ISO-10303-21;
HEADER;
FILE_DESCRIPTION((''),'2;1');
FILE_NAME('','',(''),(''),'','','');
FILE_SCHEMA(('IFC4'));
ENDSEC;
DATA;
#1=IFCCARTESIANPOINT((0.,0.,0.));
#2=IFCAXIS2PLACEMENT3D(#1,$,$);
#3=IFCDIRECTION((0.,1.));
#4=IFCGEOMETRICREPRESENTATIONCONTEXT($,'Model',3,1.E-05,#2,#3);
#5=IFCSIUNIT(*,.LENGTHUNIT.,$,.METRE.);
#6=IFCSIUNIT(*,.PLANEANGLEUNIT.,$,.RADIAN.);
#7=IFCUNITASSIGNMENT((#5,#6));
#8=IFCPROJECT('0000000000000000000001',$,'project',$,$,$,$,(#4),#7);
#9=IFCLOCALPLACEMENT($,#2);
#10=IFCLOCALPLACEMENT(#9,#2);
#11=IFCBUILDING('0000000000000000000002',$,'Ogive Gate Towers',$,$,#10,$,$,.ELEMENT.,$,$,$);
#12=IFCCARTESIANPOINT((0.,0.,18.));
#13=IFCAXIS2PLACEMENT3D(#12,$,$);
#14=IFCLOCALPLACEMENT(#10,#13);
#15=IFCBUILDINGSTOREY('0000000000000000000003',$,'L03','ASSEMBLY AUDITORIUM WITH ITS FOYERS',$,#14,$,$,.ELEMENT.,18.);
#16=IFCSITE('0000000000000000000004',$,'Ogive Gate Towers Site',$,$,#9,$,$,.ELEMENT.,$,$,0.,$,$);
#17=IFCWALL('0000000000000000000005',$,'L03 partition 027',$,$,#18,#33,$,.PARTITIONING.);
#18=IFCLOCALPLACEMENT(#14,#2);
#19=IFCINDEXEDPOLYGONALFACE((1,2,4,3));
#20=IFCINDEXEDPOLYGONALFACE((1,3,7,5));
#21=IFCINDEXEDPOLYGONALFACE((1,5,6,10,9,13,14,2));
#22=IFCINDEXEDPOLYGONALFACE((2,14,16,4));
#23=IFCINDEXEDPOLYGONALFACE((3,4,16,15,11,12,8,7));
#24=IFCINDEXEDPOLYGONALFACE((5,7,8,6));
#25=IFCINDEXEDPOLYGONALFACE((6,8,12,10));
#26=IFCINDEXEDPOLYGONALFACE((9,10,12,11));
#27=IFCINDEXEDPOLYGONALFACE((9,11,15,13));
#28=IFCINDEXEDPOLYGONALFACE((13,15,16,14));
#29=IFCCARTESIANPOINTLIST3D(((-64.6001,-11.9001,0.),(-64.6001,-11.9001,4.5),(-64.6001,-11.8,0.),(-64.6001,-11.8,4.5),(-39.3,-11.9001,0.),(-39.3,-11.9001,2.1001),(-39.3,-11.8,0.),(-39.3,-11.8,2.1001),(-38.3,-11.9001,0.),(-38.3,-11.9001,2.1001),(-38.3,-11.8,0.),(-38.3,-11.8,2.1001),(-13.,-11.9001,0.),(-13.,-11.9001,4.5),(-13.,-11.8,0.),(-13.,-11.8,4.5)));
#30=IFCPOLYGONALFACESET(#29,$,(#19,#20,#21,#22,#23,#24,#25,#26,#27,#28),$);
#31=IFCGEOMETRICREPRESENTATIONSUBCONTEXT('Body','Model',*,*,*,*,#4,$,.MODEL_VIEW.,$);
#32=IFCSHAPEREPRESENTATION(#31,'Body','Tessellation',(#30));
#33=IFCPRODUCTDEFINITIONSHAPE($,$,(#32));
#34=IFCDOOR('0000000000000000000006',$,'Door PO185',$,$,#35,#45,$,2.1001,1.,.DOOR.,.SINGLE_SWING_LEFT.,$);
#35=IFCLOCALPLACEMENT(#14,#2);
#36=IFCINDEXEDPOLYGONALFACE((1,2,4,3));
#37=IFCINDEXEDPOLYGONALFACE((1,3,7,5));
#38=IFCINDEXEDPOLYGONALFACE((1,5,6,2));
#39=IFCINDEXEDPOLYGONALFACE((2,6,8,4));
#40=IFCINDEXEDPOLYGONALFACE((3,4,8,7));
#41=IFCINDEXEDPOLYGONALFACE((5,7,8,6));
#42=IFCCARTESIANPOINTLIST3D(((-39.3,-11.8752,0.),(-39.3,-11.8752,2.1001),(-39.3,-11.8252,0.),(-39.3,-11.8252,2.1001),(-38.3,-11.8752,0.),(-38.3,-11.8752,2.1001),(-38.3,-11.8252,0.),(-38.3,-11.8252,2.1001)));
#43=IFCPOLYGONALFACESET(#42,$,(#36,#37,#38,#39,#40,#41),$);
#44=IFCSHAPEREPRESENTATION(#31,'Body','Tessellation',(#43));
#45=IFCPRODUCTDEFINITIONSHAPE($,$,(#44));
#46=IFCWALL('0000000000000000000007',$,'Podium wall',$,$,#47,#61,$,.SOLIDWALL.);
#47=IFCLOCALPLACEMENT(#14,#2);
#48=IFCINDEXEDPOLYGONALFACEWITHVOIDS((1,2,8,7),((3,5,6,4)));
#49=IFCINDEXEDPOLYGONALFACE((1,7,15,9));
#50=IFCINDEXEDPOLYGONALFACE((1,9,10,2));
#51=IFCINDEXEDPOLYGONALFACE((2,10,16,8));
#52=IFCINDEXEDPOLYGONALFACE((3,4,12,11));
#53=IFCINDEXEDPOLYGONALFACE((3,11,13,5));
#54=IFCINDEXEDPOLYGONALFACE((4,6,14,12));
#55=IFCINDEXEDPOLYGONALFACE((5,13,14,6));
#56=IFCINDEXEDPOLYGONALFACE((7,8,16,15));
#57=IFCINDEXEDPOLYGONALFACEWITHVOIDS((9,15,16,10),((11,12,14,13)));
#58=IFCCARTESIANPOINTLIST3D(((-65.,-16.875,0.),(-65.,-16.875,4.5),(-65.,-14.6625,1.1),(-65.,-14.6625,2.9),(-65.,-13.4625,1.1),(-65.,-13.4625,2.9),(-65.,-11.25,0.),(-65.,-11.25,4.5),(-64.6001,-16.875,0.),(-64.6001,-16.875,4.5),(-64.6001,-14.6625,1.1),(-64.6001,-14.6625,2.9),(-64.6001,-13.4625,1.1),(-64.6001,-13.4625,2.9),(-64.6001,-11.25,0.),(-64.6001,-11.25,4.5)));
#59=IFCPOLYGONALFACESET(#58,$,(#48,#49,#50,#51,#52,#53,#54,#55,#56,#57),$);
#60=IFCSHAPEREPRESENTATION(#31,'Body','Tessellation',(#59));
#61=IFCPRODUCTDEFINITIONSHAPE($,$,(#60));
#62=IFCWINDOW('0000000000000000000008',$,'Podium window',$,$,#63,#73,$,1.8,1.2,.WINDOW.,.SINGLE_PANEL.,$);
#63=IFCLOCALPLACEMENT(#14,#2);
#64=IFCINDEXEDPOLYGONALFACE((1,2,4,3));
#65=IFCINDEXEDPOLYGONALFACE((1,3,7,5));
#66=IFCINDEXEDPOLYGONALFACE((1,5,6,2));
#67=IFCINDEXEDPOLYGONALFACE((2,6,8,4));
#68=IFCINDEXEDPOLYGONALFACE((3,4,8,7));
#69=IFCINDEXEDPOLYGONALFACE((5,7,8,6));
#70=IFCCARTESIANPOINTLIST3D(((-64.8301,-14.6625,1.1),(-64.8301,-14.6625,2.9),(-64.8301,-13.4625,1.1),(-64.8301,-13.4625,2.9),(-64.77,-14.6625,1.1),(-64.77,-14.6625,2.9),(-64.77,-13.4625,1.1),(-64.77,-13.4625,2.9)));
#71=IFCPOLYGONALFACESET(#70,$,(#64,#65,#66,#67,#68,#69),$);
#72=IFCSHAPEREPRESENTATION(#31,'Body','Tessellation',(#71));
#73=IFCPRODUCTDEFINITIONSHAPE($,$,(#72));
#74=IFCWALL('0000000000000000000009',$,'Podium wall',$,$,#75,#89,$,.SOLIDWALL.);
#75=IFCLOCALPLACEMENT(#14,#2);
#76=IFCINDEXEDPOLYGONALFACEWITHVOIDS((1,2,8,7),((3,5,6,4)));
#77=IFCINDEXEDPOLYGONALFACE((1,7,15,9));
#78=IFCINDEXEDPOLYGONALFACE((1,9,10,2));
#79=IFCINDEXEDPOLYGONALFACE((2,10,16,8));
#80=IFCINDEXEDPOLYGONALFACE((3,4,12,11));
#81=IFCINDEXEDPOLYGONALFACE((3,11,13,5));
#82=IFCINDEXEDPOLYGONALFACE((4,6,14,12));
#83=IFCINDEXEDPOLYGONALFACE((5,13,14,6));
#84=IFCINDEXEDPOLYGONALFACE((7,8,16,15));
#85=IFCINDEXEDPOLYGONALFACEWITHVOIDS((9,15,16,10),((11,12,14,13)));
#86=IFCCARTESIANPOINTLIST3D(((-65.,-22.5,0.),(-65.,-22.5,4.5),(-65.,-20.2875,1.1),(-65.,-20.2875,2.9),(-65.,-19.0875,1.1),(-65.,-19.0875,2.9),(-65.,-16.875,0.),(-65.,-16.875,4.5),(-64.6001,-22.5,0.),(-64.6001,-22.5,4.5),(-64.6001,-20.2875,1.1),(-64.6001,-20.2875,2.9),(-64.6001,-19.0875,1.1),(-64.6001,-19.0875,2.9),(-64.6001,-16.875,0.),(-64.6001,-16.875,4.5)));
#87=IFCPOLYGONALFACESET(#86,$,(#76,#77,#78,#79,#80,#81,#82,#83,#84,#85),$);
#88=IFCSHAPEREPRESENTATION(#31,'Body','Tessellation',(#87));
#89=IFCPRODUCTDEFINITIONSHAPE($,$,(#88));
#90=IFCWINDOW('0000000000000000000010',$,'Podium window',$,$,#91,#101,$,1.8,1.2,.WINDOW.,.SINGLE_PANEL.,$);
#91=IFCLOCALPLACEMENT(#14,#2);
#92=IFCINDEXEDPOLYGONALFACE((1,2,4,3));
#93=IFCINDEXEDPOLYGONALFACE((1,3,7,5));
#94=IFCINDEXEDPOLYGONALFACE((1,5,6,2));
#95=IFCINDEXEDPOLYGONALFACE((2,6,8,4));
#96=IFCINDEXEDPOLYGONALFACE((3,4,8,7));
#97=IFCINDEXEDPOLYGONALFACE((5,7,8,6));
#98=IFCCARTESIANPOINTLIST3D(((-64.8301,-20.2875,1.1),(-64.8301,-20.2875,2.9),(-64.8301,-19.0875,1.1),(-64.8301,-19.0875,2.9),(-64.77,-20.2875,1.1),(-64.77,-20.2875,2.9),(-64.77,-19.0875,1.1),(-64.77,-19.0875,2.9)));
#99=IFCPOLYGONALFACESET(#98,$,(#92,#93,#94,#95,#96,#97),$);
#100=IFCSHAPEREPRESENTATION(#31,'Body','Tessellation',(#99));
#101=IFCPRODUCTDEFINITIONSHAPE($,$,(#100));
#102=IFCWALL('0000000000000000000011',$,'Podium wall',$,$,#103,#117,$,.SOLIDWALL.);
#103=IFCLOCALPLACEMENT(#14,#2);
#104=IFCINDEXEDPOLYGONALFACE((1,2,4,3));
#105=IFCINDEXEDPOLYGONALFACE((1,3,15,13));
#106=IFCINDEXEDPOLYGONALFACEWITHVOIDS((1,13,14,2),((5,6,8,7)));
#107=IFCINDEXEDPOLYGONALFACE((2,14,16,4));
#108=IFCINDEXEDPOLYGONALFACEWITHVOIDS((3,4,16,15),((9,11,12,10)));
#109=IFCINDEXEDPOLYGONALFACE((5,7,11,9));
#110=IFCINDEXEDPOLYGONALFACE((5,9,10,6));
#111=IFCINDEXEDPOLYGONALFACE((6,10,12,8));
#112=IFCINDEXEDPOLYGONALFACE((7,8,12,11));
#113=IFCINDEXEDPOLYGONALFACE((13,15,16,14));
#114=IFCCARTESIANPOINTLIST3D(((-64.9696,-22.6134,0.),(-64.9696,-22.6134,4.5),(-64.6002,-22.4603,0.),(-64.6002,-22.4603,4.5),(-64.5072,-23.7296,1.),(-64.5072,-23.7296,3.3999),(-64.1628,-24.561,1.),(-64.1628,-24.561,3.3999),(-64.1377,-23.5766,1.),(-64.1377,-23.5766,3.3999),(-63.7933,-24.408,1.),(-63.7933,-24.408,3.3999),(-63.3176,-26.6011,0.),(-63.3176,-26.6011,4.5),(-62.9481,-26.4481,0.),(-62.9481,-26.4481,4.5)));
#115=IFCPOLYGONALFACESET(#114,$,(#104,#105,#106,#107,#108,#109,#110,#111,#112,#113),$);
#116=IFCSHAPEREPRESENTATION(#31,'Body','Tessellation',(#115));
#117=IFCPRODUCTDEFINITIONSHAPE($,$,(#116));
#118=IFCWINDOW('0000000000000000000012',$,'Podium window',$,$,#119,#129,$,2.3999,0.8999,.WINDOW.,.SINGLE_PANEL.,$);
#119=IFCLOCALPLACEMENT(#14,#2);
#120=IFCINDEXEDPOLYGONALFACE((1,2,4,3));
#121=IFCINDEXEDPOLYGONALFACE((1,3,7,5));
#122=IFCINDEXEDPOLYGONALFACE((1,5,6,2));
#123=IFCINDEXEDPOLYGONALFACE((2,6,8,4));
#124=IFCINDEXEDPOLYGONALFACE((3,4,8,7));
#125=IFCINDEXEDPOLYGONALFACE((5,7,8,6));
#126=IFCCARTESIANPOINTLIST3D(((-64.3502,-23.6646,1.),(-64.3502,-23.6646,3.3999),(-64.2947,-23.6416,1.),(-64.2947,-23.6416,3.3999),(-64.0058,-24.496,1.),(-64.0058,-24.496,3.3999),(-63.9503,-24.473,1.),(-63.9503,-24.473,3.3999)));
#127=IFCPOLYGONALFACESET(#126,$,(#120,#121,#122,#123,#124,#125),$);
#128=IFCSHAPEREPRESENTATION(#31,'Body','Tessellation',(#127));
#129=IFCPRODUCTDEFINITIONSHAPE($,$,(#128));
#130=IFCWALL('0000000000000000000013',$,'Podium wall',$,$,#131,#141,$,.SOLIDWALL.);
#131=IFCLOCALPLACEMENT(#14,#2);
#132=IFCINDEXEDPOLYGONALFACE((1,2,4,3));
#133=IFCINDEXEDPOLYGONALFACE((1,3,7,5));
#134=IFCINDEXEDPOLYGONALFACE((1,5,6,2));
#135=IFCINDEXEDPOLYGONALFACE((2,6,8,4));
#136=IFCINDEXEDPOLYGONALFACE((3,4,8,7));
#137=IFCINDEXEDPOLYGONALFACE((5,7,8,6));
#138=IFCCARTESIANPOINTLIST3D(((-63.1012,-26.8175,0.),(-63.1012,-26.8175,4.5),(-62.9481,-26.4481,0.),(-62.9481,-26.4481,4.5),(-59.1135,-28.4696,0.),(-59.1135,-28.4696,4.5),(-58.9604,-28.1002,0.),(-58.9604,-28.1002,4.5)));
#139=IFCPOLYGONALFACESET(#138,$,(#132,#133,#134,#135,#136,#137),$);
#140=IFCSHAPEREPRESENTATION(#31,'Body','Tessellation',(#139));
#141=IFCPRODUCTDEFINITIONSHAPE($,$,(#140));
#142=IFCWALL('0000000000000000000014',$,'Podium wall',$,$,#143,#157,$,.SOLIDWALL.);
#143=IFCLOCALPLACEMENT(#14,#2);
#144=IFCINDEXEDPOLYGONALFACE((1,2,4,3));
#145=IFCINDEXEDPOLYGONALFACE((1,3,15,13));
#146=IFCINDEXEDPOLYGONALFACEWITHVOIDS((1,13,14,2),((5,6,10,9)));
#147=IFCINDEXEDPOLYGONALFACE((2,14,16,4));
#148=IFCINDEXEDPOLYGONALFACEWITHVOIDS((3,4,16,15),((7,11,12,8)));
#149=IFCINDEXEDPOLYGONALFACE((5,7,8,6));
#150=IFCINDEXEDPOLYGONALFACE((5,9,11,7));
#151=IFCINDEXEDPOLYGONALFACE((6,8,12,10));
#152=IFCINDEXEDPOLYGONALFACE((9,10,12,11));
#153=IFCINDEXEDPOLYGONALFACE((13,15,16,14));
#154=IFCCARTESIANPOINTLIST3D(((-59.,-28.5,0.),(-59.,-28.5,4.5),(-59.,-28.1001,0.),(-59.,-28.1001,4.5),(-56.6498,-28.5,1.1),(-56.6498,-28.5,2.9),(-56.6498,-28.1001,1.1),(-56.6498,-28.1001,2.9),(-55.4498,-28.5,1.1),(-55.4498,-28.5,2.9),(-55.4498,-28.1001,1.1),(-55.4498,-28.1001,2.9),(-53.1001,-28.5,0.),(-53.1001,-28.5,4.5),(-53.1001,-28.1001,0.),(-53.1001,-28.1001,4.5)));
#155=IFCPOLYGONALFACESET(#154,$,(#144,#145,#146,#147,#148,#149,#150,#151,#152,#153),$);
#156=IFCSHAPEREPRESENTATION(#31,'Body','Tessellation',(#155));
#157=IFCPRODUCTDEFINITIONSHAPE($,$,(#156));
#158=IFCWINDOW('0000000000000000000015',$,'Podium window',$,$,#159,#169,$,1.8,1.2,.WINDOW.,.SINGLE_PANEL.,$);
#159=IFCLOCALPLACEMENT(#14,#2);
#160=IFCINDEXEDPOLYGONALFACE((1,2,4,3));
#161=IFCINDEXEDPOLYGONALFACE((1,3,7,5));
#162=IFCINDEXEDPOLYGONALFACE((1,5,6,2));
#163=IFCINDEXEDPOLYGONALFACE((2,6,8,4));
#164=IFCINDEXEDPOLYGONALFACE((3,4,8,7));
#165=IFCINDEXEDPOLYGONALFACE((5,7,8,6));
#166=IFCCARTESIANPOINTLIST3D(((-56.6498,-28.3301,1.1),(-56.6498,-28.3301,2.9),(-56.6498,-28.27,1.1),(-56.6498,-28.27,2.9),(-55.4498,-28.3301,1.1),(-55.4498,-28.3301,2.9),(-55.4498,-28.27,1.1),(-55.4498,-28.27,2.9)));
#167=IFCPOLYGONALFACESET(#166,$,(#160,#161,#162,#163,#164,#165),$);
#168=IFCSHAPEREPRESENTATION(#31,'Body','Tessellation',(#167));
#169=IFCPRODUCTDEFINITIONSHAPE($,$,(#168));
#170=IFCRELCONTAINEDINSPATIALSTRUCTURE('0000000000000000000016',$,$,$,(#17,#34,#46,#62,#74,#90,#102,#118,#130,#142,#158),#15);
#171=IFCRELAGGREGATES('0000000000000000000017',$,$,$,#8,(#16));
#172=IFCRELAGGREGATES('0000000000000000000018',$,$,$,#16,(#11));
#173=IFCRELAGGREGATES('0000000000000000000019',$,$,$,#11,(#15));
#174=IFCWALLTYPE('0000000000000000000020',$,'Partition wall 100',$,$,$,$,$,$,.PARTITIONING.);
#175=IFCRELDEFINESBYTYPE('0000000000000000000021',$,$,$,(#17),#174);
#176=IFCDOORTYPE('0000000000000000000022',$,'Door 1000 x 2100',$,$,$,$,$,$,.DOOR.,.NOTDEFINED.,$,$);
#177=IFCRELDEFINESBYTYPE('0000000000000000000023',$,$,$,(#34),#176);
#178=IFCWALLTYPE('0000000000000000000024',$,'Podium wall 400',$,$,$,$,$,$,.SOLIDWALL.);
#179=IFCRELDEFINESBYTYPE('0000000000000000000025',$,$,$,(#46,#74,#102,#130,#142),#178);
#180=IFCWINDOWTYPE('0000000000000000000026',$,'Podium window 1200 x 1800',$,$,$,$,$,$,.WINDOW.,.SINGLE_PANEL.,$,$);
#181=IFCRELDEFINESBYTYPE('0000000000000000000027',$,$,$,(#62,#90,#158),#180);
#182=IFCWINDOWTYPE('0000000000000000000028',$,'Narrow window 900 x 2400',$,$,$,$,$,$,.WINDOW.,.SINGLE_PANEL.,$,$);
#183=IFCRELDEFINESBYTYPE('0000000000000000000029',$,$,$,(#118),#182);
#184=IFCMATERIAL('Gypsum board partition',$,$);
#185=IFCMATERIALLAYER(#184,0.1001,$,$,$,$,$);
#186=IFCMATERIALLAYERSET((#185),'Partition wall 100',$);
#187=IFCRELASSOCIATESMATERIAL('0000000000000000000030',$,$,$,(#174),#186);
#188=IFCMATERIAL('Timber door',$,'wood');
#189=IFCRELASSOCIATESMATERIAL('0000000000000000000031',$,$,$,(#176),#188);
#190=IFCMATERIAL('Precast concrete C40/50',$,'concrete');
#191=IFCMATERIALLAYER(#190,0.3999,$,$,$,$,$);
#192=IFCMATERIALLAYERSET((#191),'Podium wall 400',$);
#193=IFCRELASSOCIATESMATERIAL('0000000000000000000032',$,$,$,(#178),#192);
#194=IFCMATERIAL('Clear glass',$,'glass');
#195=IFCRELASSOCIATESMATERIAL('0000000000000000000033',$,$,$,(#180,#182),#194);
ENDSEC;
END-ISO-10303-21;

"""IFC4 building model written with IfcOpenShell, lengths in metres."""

from ifc_helpers import new_model, si_unit, direction, frame, frame_2d, origin, place, context, subcontext, project, spatial, rectangle, extrude, material, layer, layer_set, type_object, element, fill, save


model = new_model("IFC4")

# Units and contexts
model_context = context("Model", 3, precision=1e-05, world=origin(), true_north=direction((0.0, 1.0)))
body_context = subcontext(model_context, "Body", "Model", "MODEL_VIEW")
ifc_project = project(units=[si_unit("LENGTHUNIT", "METRE"), si_unit("PLANEANGLEUNIT", "RADIAN")], contexts=[model_context])

# Site, building, storey
site_placement = place(None, origin())
site = spatial("IfcSite", under=ifc_project, at=site_placement, Name="Ogive Gate Towers Site", CompositionType="ELEMENT", RefElevation=0.0)
building_placement = place(site_placement, origin())
building = spatial("IfcBuilding", under=site, at=building_placement, Name="Ogive Gate Towers", CompositionType="ELEMENT")
storey_placement = place(building_placement, frame((0.0, 0.0, 18.0)))
storey = spatial("IfcBuildingStorey", under=building, at=storey_placement, Name="L03", Description="ASSEMBLY AUDITORIUM WITH ITS FOYERS", CompositionType="ELEMENT", Elevation=18.0)

# Wall, opening, door
ifc_material_1 = material(Name="Gypsum board partition")
ifc_layer_1 = layer(ifc_material_1, 0.1001)
ifc_layer_set_1 = layer_set([ifc_layer_1], Name="Partition wall 100")
wall_type_1 = type_object("IfcWallType", Name="Partition wall 100", PredefinedType="PARTITIONING", material=ifc_layer_set_1)
wall_1_placement = place(storey_placement, frame((-64.6001, -11.8501, 0.0), z_axis=(0.0, 0.0, 1.0), x_axis=(1.0, 0.0, 0.0)))
wall_1 = element("IfcWall", 1, at=wall_1_placement, inside=storey, type_object=wall_type_1, Name="L03 partition 027", PredefinedType="PARTITIONING", context=body_context, shape_type="SweptSolid", body=[
    extrude(rectangle(XDim=51.6001, YDim=0.1001, at=frame_2d((25.8, 0.0))), origin(), (0.0, 0.0, 1.0), 4.5),
])
opening_1_placement = place(wall_1_placement, frame((25.3, 0.0, 0.0)))
opening_1 = element("IfcOpeningElement", 2, at=opening_1_placement, cuts=wall_1, PredefinedType="OPENING", context=body_context, shape_type="SweptSolid", body=[
    extrude(rectangle(XDim=1.0, YDim=2.1001, at=frame_2d((0.5, 1.05))), frame((0.0, 0.0601, 0.0), z_axis=(0.0, -1.0, 0.0), x_axis=(1.0, 0.0, 0.0)), (0.0, 0.0, 1.0), 0.1201),
])
ifc_material_2 = material(Name="Timber door", Category="wood")
door_type = type_object("IfcDoorType", Name="Door 1000 x 2100", OperationType="NOTDEFINED", PredefinedType="DOOR", material=ifc_material_2)
door_placement = place(opening_1_placement, origin())
door = element("IfcDoor", 3, at=door_placement, inside=storey, type_object=door_type, Name="Door PO185", OperationType="SINGLE_SWING_LEFT", OverallHeight=2.1001, OverallWidth=1.0, PredefinedType="DOOR", context=body_context, shape_type="SweptSolid", body=[
    extrude(rectangle(XDim=1.0, YDim=2.1001, at=frame_2d((0.5, 1.05))), frame((0.0, 0.0249, 0.0), z_axis=(0.0, -1.0, 0.0), x_axis=(1.0, 0.0, 0.0)), (0.0, 0.0, 1.0), 0.05),
])
fill(opening_1, door)

# Walls, openings, windows
ifc_material_3 = material(Name="Precast concrete C40/50", Category="concrete")
ifc_layer_2 = layer(ifc_material_3, 0.3999)
ifc_layer_set_2 = layer_set([ifc_layer_2], Name="Podium wall 400")
wall_type_2 = type_object("IfcWallType", Name="Podium wall 400", PredefinedType="SOLIDWALL", material=ifc_layer_set_2)
wall_2_placement = place(storey_placement, frame((-64.8, -11.25, 0.0), z_axis=(0.0, 0.0, 1.0), x_axis=(0.0, -1.0, 0.0)))
wall_2 = element("IfcWall", 4, at=wall_2_placement, inside=storey, type_object=wall_type_2, Name="Podium wall", PredefinedType="SOLIDWALL", context=body_context, shape_type="SweptSolid", body=[
    extrude(rectangle(XDim=5.625, YDim=0.3999, at=frame_2d((2.8125, 0.0))), origin(), (0.0, 0.0, 1.0), 4.5),
])
opening_2_placement = place(wall_2_placement, frame((2.2124, 0.0, 1.1001)))
opening_2 = element("IfcOpeningElement", 5, at=opening_2_placement, cuts=wall_2, PredefinedType="OPENING", context=body_context, shape_type="SweptSolid", body=[
    extrude(rectangle(XDim=1.2, YDim=1.8, at=frame_2d((0.6001, 0.8999))), frame((0.0, 0.21, 0.0), z_axis=(0.0, -1.0, 0.0), x_axis=(1.0, 0.0, 0.0)), (0.0, 0.0, 1.0), 0.4199),
])
ifc_material_4 = material(Name="Clear glass", Category="glass")
window_type_1 = type_object("IfcWindowType", Name="Podium window 1200 x 1800", PartitioningType="SINGLE_PANEL", PredefinedType="WINDOW", material=ifc_material_4)
window_1_placement = place(opening_2_placement, origin())
window_1 = element("IfcWindow", 6, at=window_1_placement, inside=storey, type_object=window_type_1, Name="Podium window", OverallHeight=1.8, OverallWidth=1.2, PartitioningType="SINGLE_PANEL", PredefinedType="WINDOW", context=body_context, shape_type="SweptSolid", body=[
    extrude(rectangle(XDim=1.2, YDim=1.8, at=frame_2d((0.6001, 0.8999))), frame((0.0, 0.03, 0.0), z_axis=(0.0, -1.0, 0.0), x_axis=(1.0, 0.0, 0.0)), (0.0, 0.0, 1.0), 0.0601),
])
fill(opening_2, window_1)
wall_3_placement = place(storey_placement, frame((-64.8, -16.875, 0.0), z_axis=(0.0, 0.0, 1.0), x_axis=(0.0, -1.0, 0.0)))
wall_3 = element("IfcWall", 7, at=wall_3_placement, inside=storey, type_object=wall_type_2, Name="Podium wall", PredefinedType="SOLIDWALL", context=body_context, shape_type="SweptSolid", body=[
    extrude(rectangle(XDim=5.625, YDim=0.3999, at=frame_2d((2.8125, 0.0))), origin(), (0.0, 0.0, 1.0), 4.5),
])
opening_3_placement = place(wall_3_placement, frame((2.2124, 0.0, 1.1001)))
opening_3 = element("IfcOpeningElement", 8, at=opening_3_placement, cuts=wall_3, PredefinedType="OPENING", context=body_context, shape_type="SweptSolid", body=[
    extrude(rectangle(XDim=1.2, YDim=1.8, at=frame_2d((0.6001, 0.8999))), frame((0.0, 0.21, 0.0), z_axis=(0.0, -1.0, 0.0), x_axis=(1.0, 0.0, 0.0)), (0.0, 0.0, 1.0), 0.4199),
])
window_2_placement = place(opening_3_placement, origin())
window_2 = element("IfcWindow", 9, at=window_2_placement, inside=storey, type_object=window_type_1, Name="Podium window", OverallHeight=1.8, OverallWidth=1.2, PartitioningType="SINGLE_PANEL", PredefinedType="WINDOW", context=body_context, shape_type="SweptSolid", body=[
    extrude(rectangle(XDim=1.2, YDim=1.8, at=frame_2d((0.6001, 0.8999))), frame((0.0, 0.03, 0.0), z_axis=(0.0, -1.0, 0.0), x_axis=(1.0, 0.0, 0.0)), (0.0, 0.0, 1.0), 0.0601),
])
fill(opening_3, window_2)
wall_4_placement = place(storey_placement, frame((-64.7849, -22.5369, 0.0), z_axis=(0.0, 0.0, 1.0), x_axis=(0.382743, -0.923855, 0.0)))
wall_4 = element("IfcWall", 10, at=wall_4_placement, inside=storey, type_object=wall_type_2, Name="Podium wall", PredefinedType="SOLIDWALL", context=body_context, shape_type="SweptSolid", body=[
    extrude(rectangle(XDim=4.3164, YDim=0.3999, at=frame_2d((2.1582, 0.0))), origin(), (0.0, 0.0, 1.0), 4.5),
])
opening_4_placement = place(wall_4_placement, frame((1.2083, 0.0, 1.0)))
opening_4 = element("IfcOpeningElement", 11, at=opening_4_placement, cuts=wall_4, PredefinedType="OPENING", context=body_context, shape_type="SweptSolid", body=[
    extrude(rectangle(XDim=0.8999, YDim=2.3999, at=frame_2d((0.45, 1.2))), frame((0.0, 0.21, 0.0), z_axis=(0.0, -1.0, 0.0), x_axis=(1.0, 0.0, 0.0)), (0.0, 0.0, 1.0), 0.4199),
])
window_type_2 = type_object("IfcWindowType", Name="Narrow window 900 x 2400", PartitioningType="SINGLE_PANEL", PredefinedType="WINDOW", material=ifc_material_4)
window_3_placement = place(opening_4_placement, origin())
window_3 = element("IfcWindow", 12, at=window_3_placement, inside=storey, type_object=window_type_2, Name="Podium window", OverallHeight=2.3999, OverallWidth=0.8999, PartitioningType="SINGLE_PANEL", PredefinedType="WINDOW", context=body_context, shape_type="SweptSolid", body=[
    extrude(rectangle(XDim=0.8999, YDim=2.3999, at=frame_2d((0.45, 1.2))), frame((0.0, 0.03, 0.0), z_axis=(0.0, -1.0, 0.0), x_axis=(1.0, 0.0, 0.0)), (0.0, 0.0, 1.0), 0.0601),
])
fill(opening_4, window_3)

# Wall
wall_5_placement = place(storey_placement, frame((-63.0247, -26.6328, 0.0), z_axis=(0.0, 0.0, 1.0), x_axis=(0.923855, -0.382743, 0.0)))
element("IfcWall", 13, at=wall_5_placement, inside=storey, type_object=wall_type_2, Name="Podium wall", PredefinedType="SOLIDWALL", context=body_context, shape_type="SweptSolid", body=[
    extrude(rectangle(XDim=4.3164, YDim=0.3999, at=frame_2d((2.1582, 0.0))), origin(), (0.0, 0.0, 1.0), 4.5),
])

# Wall, opening, window
wall_6_placement = place(storey_placement, frame((-59.0, -28.3, 0.0), z_axis=(0.0, 0.0, 1.0), x_axis=(1.0, 0.0, 0.0)))
wall_6 = element("IfcWall", 14, at=wall_6_placement, inside=storey, type_object=wall_type_2, Name="Podium wall", PredefinedType="SOLIDWALL", context=body_context, shape_type="SweptSolid", body=[
    extrude(rectangle(XDim=5.8999, YDim=0.3999, at=frame_2d((2.95, 0.0))), origin(), (0.0, 0.0, 1.0), 4.5),
])
opening_5_placement = place(wall_6_placement, frame((2.3501, 0.0, 1.1001)))
opening_5 = element("IfcOpeningElement", 15, at=opening_5_placement, cuts=wall_6, PredefinedType="OPENING", context=body_context, shape_type="SweptSolid", body=[
    extrude(rectangle(XDim=1.2, YDim=1.8, at=frame_2d((0.6001, 0.8999))), frame((0.0, 0.21, 0.0), z_axis=(0.0, -1.0, 0.0), x_axis=(1.0, 0.0, 0.0)), (0.0, 0.0, 1.0), 0.4199),
])
window_4_placement = place(opening_5_placement, origin())
window_4 = element("IfcWindow", 16, at=window_4_placement, inside=storey, type_object=window_type_1, Name="Podium window", OverallHeight=1.8, OverallWidth=1.2, PartitioningType="SINGLE_PANEL", PredefinedType="WINDOW", context=body_context, shape_type="SweptSolid", body=[
    extrude(rectangle(XDim=1.2, YDim=1.8, at=frame_2d((0.6001, 0.8999))), frame((0.0, 0.03, 0.0), z_axis=(0.0, -1.0, 0.0), x_axis=(1.0, 0.0, 0.0)), (0.0, 0.0, 1.0), 0.0601),
])
fill(opening_5, window_4)

save(model, "model.ifc")
